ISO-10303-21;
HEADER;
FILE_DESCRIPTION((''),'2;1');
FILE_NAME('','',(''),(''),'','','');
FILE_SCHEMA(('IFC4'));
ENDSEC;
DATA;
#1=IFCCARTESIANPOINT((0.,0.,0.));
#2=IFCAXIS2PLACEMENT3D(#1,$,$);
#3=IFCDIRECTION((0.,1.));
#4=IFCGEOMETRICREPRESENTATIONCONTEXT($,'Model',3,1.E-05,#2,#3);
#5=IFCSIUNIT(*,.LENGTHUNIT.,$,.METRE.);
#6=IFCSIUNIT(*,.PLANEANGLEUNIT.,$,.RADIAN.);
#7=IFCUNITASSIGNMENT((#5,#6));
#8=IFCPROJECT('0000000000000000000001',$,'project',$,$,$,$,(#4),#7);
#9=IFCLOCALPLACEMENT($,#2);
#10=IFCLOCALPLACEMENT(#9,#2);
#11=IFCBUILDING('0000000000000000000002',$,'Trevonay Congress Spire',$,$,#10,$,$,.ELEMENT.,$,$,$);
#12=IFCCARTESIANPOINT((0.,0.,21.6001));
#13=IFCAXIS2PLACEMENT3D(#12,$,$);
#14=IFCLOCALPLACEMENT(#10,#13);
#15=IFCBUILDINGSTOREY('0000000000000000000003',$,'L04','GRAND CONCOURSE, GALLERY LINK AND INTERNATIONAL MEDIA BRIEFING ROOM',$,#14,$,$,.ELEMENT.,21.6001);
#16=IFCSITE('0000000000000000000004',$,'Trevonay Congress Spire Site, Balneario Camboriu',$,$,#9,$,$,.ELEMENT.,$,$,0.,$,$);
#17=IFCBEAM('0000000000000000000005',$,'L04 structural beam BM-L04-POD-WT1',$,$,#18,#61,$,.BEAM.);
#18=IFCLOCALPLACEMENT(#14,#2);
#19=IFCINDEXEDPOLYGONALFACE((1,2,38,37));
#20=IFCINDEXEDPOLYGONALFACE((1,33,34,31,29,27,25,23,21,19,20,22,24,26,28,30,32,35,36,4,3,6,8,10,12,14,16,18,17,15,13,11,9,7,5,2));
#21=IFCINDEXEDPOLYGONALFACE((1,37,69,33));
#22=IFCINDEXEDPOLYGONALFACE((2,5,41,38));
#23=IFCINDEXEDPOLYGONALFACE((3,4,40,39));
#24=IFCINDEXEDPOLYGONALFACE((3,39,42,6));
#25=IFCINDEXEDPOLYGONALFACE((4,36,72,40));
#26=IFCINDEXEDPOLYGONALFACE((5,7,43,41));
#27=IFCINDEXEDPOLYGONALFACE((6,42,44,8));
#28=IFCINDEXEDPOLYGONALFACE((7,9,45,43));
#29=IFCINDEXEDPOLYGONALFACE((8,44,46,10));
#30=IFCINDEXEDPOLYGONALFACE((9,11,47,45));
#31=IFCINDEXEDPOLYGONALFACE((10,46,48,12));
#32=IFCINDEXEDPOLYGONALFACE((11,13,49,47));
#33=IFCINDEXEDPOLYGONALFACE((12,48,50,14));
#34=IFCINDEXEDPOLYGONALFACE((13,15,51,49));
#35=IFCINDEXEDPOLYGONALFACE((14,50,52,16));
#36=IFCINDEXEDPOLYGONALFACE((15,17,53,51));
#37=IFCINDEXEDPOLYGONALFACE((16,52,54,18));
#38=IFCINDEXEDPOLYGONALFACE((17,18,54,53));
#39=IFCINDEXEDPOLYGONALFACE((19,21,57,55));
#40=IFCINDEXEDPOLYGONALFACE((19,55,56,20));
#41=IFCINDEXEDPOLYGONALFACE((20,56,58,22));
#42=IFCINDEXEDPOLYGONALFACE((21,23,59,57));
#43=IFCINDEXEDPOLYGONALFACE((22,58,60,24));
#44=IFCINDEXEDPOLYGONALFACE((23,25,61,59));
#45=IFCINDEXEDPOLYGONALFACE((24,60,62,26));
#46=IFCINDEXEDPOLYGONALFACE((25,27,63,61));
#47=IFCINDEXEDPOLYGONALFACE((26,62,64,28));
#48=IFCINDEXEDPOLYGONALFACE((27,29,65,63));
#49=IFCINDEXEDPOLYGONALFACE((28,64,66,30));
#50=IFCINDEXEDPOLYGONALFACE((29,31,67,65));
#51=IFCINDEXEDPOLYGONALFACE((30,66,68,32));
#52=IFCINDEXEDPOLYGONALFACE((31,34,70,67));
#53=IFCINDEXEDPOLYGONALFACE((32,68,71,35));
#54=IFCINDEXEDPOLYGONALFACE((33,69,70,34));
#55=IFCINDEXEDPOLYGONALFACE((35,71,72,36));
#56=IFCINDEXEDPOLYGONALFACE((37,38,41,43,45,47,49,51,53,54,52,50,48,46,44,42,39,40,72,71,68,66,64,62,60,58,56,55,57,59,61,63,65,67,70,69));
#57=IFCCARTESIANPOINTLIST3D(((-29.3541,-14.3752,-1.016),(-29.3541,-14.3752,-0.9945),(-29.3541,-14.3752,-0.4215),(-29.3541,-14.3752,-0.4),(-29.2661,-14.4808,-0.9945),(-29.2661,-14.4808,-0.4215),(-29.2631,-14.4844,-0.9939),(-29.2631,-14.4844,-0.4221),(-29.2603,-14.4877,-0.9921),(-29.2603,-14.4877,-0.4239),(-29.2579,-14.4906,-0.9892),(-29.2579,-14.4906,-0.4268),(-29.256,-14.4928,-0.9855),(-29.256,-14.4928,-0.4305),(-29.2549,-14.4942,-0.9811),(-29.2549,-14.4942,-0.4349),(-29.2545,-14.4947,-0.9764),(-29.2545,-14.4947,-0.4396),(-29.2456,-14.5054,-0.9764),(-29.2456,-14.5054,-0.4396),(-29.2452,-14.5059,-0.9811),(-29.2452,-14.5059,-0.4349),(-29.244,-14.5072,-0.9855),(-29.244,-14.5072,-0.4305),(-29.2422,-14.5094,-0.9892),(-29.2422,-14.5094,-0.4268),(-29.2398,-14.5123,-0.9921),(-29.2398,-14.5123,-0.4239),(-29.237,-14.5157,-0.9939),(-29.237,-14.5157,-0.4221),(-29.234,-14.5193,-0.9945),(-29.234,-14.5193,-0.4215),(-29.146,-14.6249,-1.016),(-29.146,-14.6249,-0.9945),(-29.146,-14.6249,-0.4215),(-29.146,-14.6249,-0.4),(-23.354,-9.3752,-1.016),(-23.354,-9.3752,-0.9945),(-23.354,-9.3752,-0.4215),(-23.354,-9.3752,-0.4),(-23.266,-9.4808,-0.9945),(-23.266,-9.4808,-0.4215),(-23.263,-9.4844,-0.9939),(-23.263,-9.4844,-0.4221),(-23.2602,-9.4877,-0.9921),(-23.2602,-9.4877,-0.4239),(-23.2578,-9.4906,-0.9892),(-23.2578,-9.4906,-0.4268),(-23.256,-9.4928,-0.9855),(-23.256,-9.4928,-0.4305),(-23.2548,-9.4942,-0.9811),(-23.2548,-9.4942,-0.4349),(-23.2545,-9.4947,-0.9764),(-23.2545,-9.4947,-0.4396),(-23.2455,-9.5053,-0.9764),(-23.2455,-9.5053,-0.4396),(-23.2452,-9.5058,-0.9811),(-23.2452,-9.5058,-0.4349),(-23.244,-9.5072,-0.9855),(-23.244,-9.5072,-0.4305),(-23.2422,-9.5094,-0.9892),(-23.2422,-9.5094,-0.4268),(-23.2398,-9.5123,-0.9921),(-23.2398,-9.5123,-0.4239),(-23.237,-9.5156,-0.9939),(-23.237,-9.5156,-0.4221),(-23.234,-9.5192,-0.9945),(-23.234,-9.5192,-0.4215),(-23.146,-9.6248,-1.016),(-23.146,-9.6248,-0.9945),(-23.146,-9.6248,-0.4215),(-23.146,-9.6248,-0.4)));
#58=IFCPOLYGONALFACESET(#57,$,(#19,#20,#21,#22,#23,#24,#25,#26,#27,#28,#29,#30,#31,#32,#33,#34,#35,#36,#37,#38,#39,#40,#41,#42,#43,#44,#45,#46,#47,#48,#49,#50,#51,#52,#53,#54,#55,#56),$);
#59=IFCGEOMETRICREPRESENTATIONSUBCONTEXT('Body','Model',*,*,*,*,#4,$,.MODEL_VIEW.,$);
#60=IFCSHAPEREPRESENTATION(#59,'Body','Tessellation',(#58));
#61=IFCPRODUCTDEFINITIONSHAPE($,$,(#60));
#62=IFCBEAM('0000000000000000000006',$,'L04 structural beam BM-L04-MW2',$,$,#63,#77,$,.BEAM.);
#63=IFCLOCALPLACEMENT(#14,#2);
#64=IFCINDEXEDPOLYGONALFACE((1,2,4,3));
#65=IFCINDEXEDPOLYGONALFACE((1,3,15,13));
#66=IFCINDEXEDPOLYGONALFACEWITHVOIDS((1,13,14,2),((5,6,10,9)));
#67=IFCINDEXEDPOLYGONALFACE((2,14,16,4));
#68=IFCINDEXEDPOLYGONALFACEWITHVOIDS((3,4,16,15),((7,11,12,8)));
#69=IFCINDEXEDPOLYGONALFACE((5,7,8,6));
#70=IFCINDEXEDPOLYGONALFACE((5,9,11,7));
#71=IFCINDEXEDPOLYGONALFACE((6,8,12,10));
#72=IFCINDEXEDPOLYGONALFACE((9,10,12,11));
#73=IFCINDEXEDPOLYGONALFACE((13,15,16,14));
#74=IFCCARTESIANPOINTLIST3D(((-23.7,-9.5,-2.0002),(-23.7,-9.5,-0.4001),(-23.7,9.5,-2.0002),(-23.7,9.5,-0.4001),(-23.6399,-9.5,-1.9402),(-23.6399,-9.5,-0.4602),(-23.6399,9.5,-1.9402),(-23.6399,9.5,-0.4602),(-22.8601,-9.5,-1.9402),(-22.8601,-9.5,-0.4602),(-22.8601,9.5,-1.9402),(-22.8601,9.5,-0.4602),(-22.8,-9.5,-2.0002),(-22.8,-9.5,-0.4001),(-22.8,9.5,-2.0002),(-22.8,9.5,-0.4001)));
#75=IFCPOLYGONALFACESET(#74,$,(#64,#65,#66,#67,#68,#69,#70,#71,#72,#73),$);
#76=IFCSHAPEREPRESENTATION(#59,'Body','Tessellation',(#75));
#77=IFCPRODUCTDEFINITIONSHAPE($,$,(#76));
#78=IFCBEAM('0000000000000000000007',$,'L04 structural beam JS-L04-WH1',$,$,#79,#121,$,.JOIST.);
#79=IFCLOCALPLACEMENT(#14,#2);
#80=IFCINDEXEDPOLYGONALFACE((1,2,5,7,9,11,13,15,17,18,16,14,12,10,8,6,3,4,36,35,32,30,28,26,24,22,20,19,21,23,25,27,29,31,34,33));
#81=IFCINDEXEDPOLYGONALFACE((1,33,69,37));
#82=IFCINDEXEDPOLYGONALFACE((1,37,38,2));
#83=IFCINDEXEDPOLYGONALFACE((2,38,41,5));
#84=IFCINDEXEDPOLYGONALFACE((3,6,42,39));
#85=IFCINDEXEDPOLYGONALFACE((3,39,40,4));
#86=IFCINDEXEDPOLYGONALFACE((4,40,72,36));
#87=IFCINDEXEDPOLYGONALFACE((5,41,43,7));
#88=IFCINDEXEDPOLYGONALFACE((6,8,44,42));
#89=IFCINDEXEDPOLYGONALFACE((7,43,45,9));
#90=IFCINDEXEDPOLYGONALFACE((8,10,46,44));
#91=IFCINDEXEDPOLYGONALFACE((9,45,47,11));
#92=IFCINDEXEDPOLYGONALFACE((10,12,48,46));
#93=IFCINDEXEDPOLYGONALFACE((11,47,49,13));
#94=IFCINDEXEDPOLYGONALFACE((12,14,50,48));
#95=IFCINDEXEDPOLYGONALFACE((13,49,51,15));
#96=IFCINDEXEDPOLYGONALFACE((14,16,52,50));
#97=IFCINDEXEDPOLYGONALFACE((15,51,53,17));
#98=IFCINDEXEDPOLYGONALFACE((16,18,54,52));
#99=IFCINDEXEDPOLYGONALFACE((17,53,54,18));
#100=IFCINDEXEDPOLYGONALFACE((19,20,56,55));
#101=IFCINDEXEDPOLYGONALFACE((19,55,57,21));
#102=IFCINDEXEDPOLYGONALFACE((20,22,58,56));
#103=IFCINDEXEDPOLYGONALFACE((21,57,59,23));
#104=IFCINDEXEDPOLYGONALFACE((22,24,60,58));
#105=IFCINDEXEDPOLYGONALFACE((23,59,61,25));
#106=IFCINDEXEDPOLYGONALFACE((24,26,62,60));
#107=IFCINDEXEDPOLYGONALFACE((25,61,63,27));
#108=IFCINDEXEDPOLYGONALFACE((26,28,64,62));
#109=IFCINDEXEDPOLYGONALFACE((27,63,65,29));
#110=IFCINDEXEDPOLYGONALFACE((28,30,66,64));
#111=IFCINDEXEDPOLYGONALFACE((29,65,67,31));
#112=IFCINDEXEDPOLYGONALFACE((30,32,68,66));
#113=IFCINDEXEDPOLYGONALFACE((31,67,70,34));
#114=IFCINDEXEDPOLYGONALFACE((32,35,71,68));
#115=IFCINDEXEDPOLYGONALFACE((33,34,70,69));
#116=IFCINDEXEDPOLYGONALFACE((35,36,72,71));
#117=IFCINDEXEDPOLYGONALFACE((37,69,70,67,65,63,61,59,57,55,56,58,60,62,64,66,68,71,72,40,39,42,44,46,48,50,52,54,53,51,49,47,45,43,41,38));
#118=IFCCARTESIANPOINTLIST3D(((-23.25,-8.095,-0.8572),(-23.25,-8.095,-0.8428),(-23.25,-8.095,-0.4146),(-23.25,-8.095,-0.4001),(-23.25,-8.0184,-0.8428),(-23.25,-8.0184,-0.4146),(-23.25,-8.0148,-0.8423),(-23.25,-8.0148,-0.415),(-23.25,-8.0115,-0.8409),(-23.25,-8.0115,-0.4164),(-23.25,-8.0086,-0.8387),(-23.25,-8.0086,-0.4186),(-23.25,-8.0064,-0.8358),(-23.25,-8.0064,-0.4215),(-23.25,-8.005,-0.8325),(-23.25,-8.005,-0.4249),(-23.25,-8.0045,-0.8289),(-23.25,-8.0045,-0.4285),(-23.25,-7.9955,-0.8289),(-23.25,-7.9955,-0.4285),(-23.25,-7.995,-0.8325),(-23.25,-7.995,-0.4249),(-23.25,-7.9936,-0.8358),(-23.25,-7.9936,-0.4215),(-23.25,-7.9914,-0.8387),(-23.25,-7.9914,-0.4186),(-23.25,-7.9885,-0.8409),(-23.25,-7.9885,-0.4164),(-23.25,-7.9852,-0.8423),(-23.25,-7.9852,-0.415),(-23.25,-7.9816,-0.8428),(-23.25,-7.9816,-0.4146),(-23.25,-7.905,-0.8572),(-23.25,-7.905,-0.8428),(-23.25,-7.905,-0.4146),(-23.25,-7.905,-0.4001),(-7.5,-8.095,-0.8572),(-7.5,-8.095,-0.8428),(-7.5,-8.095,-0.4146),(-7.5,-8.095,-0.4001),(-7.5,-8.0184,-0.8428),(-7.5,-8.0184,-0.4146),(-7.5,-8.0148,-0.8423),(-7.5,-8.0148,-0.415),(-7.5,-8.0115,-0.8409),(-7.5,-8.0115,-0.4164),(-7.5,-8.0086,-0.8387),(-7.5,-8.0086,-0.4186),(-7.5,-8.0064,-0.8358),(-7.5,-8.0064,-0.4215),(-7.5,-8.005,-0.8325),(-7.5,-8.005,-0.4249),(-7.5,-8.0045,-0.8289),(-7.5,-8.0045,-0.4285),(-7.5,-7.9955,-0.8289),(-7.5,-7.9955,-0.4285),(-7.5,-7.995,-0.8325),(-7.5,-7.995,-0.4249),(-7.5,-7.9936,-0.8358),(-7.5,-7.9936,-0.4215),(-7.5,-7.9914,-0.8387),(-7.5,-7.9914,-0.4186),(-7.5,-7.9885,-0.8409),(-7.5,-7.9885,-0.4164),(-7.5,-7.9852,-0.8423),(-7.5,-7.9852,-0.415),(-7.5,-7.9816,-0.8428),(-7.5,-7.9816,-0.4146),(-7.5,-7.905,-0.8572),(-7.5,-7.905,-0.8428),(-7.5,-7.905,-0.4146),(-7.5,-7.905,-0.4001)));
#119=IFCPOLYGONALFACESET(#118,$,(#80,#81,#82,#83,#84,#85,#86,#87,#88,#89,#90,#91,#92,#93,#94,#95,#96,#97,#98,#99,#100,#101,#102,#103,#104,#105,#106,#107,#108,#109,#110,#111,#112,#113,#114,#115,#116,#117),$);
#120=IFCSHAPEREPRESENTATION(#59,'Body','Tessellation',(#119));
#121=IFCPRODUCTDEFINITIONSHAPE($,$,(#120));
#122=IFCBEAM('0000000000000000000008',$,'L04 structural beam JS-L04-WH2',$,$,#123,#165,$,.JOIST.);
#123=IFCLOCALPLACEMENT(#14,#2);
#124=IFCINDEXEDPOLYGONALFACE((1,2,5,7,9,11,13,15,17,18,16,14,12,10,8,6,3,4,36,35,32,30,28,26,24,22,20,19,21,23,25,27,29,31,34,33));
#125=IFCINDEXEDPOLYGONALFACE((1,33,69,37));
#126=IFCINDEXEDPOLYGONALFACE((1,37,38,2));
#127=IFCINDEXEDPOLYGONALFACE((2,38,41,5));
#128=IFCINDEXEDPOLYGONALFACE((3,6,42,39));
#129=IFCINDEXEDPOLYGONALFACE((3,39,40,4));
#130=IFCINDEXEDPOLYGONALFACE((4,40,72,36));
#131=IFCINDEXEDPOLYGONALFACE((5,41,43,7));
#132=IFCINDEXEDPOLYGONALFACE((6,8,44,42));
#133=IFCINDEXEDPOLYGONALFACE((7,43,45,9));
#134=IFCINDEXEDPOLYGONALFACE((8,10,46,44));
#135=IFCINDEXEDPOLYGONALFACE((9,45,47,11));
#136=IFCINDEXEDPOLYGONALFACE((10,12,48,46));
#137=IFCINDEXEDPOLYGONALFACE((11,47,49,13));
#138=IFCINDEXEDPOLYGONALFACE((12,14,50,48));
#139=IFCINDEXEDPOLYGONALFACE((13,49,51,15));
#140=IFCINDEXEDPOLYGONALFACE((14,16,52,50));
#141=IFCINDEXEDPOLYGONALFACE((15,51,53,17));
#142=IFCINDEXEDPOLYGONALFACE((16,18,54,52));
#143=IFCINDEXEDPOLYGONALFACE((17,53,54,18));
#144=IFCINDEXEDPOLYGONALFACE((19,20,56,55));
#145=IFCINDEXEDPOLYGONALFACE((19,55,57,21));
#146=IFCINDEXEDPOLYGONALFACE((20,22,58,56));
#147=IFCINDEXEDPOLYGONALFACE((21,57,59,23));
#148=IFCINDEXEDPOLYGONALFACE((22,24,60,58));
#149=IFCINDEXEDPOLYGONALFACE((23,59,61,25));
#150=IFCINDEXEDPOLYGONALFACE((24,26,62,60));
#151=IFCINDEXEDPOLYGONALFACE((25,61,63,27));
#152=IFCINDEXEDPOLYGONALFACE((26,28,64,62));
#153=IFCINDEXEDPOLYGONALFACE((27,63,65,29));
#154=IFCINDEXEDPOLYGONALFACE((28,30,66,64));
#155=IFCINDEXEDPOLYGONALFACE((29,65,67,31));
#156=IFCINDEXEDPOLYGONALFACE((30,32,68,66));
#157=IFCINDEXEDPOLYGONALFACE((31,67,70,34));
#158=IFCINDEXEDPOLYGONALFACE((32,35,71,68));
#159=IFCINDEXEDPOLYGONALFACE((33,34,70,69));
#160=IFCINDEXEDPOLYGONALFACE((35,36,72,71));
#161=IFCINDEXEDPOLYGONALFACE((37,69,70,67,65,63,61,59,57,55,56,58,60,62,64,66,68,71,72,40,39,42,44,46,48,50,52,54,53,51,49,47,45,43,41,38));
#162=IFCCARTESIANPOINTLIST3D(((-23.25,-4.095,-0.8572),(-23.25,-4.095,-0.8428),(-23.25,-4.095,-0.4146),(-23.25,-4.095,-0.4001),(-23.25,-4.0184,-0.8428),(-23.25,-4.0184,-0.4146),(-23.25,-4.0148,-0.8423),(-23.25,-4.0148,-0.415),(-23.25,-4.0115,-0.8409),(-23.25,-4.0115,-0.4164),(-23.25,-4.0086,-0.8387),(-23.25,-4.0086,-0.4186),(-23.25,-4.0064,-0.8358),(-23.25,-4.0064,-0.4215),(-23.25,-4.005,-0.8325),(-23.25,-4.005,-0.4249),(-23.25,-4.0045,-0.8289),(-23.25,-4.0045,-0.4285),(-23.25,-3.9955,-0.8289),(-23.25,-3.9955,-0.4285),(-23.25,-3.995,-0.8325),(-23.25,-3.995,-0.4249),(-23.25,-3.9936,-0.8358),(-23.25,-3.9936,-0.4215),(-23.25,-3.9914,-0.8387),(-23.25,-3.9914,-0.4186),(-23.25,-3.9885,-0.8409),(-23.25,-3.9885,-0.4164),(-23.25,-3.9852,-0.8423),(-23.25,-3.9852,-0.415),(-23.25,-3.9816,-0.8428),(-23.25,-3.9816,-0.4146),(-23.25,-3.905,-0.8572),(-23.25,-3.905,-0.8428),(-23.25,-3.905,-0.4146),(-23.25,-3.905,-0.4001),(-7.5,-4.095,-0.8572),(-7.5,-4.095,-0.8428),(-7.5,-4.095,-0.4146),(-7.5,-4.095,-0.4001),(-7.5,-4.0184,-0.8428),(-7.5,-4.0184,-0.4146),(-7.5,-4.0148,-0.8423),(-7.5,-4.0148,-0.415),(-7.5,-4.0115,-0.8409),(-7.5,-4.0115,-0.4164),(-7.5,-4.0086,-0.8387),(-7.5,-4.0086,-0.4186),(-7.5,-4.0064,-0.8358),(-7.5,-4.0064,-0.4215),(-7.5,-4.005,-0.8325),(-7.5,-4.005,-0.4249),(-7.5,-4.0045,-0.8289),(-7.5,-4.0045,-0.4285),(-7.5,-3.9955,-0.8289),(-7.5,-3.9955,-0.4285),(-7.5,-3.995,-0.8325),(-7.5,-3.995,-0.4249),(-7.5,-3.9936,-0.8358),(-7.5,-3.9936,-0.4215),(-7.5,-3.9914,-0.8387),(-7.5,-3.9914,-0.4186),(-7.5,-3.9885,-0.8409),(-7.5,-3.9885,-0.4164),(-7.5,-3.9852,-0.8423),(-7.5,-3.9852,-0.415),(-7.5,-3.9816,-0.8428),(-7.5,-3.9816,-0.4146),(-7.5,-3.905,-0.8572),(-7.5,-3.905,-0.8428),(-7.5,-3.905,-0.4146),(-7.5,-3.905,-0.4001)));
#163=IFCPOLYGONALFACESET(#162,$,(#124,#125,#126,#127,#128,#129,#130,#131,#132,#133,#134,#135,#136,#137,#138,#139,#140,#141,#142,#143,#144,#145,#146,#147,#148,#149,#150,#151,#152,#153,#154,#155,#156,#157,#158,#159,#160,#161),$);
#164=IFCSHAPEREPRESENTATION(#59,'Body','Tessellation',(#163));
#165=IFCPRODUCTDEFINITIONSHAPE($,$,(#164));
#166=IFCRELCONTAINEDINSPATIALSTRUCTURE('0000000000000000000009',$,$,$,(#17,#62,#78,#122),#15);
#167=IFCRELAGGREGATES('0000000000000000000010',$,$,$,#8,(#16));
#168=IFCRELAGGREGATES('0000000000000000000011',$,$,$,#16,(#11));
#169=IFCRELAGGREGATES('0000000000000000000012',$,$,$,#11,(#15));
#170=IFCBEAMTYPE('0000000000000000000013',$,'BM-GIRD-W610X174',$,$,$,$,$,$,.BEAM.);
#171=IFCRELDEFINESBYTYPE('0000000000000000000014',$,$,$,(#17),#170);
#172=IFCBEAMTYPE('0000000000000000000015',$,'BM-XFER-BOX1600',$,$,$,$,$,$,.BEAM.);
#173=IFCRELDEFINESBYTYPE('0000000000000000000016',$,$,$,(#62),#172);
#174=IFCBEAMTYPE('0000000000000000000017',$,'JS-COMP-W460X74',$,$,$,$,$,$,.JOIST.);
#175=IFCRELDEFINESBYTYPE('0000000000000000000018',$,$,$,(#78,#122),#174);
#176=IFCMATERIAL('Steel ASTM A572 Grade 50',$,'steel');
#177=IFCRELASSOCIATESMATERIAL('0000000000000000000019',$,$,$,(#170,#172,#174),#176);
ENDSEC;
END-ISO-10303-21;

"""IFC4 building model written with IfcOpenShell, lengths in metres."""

from ifc_helpers import new_model, si_unit, direction, frame, origin, origin_2d, place, context, subcontext, project, spatial, hollow_rectangle, i_section, extrude, material, material_profile, profile_set, type_object, element, save


model = new_model("IFC4")

# Units and contexts
model_context = context("Model", 3, precision=1e-05, world=origin(), true_north=direction((0.0, 1.0)))
body_context = subcontext(model_context, "Body", "Model", "MODEL_VIEW")
ifc_project = project(units=[si_unit("LENGTHUNIT", "METRE"), si_unit("PLANEANGLEUNIT", "RADIAN")], contexts=[model_context])

# Site, building, storey
site_placement = place(None, origin())
site = spatial("IfcSite", under=ifc_project, at=site_placement, Name="Trevonay Congress Spire Site, Balneario Camboriu", CompositionType="ELEMENT", RefElevation=0.0)
building_placement = place(site_placement, origin())
building = spatial("IfcBuilding", under=site, at=building_placement, Name="Trevonay Congress Spire", CompositionType="ELEMENT")
storey_placement = place(building_placement, frame((0.0, 0.0, 21.6001)))
storey = spatial("IfcBuildingStorey", under=building, at=storey_placement, Name="L04", Description="GRAND CONCOURSE, GALLERY LINK AND INTERNATIONAL MEDIA BRIEFING ROOM", CompositionType="ELEMENT", Elevation=21.6001)

# Shared definitions
ifc_material_1 = material(Name="Steel ASTM A572 Grade 50", Category="steel")

# Beams
ifc_material_profile_1 = material_profile(ifc_material_1, i_section(OverallWidth=0.325, OverallDepth=0.616, WebThickness=0.0139, FlangeThickness=0.0215, FilletRadius=0.0181, at=origin_2d()), Name="W610x174")
ifc_profile_set_1 = profile_set([ifc_material_profile_1], Name="Steel ASTM A572 Grade 50")
beam_type_1 = type_object("IfcBeamType", Name="BM-GIRD-W610X174", PredefinedType="BEAM", material=ifc_profile_set_1)
beam_1_placement = place(storey_placement, frame((-23.25, -9.5, -0.708), z_axis=(-0.768221, -0.640184, 0.0), x_axis=(0.640184, -0.768221, 0.0)))
element("IfcBeam", 1, at=beam_1_placement, inside=storey, type_object=beam_type_1, Name="L04 structural beam BM-L04-POD-WT1", PredefinedType="BEAM", context=body_context, shape_type="SweptSolid", body=[
    extrude(i_section(OverallWidth=0.325, OverallDepth=0.616, WebThickness=0.0139, FlangeThickness=0.0215, FilletRadius=0.0181, at=origin_2d()), origin(), (0.0, 0.0, 1.0), 7.8103),
])
ifc_material_profile_2 = material_profile(ifc_material_1, hollow_rectangle(XDim=0.8999, YDim=1.6001, WallThickness=0.0601, at=origin_2d()), Name="BOX 1600x900x60")
ifc_profile_set_2 = profile_set([ifc_material_profile_2], Name="Steel ASTM A572 Grade 50")
beam_type_2 = type_object("IfcBeamType", Name="BM-XFER-BOX1600", PredefinedType="BEAM", material=ifc_profile_set_2)
beam_2_placement = place(storey_placement, frame((-23.25, -9.5, -1.2002), z_axis=(0.0, 1.0, 0.0), x_axis=(-1.0, 0.0, 0.0)))
element("IfcBeam", 2, at=beam_2_placement, inside=storey, type_object=beam_type_2, Name="L04 structural beam BM-L04-MW2", PredefinedType="BEAM", context=body_context, shape_type="SweptSolid", body=[
    extrude(hollow_rectangle(XDim=0.8999, YDim=1.6001, WallThickness=0.0601, at=origin_2d()), origin(), (0.0, 0.0, 1.0), 19.0),
])
ifc_material_profile_3 = material_profile(ifc_material_1, i_section(OverallWidth=0.1899, OverallDepth=0.457, WebThickness=0.009, FlangeThickness=0.0144, FilletRadius=0.0139, at=origin_2d()), Name="W460x74")
ifc_profile_set_3 = profile_set([ifc_material_profile_3], Name="Steel ASTM A572 Grade 50")
beam_type_3 = type_object("IfcBeamType", Name="JS-COMP-W460X74", PredefinedType="JOIST", material=ifc_profile_set_3)
for number, where, z_axis, x_axis, name in (
    (3, (-23.25, -8.0, -0.6287), (1.0, 0.0, 0.0), (0.0, 1.0, 0.0), "L04 structural beam JS-L04-WH1"),
    (4, (-23.25, -4.0, -0.6287), (1.0, 0.0, 0.0), (0.0, 1.0, 0.0), "L04 structural beam JS-L04-WH2"),
):
    element("IfcBeam", number, at=place(storey_placement, frame(where, z_axis=z_axis, x_axis=x_axis)), inside=storey, type_object=beam_type_3, Name=name, PredefinedType="JOIST", context=body_context, shape_type="SweptSolid", body=[
        extrude(i_section(OverallWidth=0.1899, OverallDepth=0.457, WebThickness=0.009, FlangeThickness=0.0144, FilletRadius=0.0139, at=origin_2d()), origin(), (0.0, 0.0, 1.0), 15.75),
    ])

save(model, "model.ifc")
